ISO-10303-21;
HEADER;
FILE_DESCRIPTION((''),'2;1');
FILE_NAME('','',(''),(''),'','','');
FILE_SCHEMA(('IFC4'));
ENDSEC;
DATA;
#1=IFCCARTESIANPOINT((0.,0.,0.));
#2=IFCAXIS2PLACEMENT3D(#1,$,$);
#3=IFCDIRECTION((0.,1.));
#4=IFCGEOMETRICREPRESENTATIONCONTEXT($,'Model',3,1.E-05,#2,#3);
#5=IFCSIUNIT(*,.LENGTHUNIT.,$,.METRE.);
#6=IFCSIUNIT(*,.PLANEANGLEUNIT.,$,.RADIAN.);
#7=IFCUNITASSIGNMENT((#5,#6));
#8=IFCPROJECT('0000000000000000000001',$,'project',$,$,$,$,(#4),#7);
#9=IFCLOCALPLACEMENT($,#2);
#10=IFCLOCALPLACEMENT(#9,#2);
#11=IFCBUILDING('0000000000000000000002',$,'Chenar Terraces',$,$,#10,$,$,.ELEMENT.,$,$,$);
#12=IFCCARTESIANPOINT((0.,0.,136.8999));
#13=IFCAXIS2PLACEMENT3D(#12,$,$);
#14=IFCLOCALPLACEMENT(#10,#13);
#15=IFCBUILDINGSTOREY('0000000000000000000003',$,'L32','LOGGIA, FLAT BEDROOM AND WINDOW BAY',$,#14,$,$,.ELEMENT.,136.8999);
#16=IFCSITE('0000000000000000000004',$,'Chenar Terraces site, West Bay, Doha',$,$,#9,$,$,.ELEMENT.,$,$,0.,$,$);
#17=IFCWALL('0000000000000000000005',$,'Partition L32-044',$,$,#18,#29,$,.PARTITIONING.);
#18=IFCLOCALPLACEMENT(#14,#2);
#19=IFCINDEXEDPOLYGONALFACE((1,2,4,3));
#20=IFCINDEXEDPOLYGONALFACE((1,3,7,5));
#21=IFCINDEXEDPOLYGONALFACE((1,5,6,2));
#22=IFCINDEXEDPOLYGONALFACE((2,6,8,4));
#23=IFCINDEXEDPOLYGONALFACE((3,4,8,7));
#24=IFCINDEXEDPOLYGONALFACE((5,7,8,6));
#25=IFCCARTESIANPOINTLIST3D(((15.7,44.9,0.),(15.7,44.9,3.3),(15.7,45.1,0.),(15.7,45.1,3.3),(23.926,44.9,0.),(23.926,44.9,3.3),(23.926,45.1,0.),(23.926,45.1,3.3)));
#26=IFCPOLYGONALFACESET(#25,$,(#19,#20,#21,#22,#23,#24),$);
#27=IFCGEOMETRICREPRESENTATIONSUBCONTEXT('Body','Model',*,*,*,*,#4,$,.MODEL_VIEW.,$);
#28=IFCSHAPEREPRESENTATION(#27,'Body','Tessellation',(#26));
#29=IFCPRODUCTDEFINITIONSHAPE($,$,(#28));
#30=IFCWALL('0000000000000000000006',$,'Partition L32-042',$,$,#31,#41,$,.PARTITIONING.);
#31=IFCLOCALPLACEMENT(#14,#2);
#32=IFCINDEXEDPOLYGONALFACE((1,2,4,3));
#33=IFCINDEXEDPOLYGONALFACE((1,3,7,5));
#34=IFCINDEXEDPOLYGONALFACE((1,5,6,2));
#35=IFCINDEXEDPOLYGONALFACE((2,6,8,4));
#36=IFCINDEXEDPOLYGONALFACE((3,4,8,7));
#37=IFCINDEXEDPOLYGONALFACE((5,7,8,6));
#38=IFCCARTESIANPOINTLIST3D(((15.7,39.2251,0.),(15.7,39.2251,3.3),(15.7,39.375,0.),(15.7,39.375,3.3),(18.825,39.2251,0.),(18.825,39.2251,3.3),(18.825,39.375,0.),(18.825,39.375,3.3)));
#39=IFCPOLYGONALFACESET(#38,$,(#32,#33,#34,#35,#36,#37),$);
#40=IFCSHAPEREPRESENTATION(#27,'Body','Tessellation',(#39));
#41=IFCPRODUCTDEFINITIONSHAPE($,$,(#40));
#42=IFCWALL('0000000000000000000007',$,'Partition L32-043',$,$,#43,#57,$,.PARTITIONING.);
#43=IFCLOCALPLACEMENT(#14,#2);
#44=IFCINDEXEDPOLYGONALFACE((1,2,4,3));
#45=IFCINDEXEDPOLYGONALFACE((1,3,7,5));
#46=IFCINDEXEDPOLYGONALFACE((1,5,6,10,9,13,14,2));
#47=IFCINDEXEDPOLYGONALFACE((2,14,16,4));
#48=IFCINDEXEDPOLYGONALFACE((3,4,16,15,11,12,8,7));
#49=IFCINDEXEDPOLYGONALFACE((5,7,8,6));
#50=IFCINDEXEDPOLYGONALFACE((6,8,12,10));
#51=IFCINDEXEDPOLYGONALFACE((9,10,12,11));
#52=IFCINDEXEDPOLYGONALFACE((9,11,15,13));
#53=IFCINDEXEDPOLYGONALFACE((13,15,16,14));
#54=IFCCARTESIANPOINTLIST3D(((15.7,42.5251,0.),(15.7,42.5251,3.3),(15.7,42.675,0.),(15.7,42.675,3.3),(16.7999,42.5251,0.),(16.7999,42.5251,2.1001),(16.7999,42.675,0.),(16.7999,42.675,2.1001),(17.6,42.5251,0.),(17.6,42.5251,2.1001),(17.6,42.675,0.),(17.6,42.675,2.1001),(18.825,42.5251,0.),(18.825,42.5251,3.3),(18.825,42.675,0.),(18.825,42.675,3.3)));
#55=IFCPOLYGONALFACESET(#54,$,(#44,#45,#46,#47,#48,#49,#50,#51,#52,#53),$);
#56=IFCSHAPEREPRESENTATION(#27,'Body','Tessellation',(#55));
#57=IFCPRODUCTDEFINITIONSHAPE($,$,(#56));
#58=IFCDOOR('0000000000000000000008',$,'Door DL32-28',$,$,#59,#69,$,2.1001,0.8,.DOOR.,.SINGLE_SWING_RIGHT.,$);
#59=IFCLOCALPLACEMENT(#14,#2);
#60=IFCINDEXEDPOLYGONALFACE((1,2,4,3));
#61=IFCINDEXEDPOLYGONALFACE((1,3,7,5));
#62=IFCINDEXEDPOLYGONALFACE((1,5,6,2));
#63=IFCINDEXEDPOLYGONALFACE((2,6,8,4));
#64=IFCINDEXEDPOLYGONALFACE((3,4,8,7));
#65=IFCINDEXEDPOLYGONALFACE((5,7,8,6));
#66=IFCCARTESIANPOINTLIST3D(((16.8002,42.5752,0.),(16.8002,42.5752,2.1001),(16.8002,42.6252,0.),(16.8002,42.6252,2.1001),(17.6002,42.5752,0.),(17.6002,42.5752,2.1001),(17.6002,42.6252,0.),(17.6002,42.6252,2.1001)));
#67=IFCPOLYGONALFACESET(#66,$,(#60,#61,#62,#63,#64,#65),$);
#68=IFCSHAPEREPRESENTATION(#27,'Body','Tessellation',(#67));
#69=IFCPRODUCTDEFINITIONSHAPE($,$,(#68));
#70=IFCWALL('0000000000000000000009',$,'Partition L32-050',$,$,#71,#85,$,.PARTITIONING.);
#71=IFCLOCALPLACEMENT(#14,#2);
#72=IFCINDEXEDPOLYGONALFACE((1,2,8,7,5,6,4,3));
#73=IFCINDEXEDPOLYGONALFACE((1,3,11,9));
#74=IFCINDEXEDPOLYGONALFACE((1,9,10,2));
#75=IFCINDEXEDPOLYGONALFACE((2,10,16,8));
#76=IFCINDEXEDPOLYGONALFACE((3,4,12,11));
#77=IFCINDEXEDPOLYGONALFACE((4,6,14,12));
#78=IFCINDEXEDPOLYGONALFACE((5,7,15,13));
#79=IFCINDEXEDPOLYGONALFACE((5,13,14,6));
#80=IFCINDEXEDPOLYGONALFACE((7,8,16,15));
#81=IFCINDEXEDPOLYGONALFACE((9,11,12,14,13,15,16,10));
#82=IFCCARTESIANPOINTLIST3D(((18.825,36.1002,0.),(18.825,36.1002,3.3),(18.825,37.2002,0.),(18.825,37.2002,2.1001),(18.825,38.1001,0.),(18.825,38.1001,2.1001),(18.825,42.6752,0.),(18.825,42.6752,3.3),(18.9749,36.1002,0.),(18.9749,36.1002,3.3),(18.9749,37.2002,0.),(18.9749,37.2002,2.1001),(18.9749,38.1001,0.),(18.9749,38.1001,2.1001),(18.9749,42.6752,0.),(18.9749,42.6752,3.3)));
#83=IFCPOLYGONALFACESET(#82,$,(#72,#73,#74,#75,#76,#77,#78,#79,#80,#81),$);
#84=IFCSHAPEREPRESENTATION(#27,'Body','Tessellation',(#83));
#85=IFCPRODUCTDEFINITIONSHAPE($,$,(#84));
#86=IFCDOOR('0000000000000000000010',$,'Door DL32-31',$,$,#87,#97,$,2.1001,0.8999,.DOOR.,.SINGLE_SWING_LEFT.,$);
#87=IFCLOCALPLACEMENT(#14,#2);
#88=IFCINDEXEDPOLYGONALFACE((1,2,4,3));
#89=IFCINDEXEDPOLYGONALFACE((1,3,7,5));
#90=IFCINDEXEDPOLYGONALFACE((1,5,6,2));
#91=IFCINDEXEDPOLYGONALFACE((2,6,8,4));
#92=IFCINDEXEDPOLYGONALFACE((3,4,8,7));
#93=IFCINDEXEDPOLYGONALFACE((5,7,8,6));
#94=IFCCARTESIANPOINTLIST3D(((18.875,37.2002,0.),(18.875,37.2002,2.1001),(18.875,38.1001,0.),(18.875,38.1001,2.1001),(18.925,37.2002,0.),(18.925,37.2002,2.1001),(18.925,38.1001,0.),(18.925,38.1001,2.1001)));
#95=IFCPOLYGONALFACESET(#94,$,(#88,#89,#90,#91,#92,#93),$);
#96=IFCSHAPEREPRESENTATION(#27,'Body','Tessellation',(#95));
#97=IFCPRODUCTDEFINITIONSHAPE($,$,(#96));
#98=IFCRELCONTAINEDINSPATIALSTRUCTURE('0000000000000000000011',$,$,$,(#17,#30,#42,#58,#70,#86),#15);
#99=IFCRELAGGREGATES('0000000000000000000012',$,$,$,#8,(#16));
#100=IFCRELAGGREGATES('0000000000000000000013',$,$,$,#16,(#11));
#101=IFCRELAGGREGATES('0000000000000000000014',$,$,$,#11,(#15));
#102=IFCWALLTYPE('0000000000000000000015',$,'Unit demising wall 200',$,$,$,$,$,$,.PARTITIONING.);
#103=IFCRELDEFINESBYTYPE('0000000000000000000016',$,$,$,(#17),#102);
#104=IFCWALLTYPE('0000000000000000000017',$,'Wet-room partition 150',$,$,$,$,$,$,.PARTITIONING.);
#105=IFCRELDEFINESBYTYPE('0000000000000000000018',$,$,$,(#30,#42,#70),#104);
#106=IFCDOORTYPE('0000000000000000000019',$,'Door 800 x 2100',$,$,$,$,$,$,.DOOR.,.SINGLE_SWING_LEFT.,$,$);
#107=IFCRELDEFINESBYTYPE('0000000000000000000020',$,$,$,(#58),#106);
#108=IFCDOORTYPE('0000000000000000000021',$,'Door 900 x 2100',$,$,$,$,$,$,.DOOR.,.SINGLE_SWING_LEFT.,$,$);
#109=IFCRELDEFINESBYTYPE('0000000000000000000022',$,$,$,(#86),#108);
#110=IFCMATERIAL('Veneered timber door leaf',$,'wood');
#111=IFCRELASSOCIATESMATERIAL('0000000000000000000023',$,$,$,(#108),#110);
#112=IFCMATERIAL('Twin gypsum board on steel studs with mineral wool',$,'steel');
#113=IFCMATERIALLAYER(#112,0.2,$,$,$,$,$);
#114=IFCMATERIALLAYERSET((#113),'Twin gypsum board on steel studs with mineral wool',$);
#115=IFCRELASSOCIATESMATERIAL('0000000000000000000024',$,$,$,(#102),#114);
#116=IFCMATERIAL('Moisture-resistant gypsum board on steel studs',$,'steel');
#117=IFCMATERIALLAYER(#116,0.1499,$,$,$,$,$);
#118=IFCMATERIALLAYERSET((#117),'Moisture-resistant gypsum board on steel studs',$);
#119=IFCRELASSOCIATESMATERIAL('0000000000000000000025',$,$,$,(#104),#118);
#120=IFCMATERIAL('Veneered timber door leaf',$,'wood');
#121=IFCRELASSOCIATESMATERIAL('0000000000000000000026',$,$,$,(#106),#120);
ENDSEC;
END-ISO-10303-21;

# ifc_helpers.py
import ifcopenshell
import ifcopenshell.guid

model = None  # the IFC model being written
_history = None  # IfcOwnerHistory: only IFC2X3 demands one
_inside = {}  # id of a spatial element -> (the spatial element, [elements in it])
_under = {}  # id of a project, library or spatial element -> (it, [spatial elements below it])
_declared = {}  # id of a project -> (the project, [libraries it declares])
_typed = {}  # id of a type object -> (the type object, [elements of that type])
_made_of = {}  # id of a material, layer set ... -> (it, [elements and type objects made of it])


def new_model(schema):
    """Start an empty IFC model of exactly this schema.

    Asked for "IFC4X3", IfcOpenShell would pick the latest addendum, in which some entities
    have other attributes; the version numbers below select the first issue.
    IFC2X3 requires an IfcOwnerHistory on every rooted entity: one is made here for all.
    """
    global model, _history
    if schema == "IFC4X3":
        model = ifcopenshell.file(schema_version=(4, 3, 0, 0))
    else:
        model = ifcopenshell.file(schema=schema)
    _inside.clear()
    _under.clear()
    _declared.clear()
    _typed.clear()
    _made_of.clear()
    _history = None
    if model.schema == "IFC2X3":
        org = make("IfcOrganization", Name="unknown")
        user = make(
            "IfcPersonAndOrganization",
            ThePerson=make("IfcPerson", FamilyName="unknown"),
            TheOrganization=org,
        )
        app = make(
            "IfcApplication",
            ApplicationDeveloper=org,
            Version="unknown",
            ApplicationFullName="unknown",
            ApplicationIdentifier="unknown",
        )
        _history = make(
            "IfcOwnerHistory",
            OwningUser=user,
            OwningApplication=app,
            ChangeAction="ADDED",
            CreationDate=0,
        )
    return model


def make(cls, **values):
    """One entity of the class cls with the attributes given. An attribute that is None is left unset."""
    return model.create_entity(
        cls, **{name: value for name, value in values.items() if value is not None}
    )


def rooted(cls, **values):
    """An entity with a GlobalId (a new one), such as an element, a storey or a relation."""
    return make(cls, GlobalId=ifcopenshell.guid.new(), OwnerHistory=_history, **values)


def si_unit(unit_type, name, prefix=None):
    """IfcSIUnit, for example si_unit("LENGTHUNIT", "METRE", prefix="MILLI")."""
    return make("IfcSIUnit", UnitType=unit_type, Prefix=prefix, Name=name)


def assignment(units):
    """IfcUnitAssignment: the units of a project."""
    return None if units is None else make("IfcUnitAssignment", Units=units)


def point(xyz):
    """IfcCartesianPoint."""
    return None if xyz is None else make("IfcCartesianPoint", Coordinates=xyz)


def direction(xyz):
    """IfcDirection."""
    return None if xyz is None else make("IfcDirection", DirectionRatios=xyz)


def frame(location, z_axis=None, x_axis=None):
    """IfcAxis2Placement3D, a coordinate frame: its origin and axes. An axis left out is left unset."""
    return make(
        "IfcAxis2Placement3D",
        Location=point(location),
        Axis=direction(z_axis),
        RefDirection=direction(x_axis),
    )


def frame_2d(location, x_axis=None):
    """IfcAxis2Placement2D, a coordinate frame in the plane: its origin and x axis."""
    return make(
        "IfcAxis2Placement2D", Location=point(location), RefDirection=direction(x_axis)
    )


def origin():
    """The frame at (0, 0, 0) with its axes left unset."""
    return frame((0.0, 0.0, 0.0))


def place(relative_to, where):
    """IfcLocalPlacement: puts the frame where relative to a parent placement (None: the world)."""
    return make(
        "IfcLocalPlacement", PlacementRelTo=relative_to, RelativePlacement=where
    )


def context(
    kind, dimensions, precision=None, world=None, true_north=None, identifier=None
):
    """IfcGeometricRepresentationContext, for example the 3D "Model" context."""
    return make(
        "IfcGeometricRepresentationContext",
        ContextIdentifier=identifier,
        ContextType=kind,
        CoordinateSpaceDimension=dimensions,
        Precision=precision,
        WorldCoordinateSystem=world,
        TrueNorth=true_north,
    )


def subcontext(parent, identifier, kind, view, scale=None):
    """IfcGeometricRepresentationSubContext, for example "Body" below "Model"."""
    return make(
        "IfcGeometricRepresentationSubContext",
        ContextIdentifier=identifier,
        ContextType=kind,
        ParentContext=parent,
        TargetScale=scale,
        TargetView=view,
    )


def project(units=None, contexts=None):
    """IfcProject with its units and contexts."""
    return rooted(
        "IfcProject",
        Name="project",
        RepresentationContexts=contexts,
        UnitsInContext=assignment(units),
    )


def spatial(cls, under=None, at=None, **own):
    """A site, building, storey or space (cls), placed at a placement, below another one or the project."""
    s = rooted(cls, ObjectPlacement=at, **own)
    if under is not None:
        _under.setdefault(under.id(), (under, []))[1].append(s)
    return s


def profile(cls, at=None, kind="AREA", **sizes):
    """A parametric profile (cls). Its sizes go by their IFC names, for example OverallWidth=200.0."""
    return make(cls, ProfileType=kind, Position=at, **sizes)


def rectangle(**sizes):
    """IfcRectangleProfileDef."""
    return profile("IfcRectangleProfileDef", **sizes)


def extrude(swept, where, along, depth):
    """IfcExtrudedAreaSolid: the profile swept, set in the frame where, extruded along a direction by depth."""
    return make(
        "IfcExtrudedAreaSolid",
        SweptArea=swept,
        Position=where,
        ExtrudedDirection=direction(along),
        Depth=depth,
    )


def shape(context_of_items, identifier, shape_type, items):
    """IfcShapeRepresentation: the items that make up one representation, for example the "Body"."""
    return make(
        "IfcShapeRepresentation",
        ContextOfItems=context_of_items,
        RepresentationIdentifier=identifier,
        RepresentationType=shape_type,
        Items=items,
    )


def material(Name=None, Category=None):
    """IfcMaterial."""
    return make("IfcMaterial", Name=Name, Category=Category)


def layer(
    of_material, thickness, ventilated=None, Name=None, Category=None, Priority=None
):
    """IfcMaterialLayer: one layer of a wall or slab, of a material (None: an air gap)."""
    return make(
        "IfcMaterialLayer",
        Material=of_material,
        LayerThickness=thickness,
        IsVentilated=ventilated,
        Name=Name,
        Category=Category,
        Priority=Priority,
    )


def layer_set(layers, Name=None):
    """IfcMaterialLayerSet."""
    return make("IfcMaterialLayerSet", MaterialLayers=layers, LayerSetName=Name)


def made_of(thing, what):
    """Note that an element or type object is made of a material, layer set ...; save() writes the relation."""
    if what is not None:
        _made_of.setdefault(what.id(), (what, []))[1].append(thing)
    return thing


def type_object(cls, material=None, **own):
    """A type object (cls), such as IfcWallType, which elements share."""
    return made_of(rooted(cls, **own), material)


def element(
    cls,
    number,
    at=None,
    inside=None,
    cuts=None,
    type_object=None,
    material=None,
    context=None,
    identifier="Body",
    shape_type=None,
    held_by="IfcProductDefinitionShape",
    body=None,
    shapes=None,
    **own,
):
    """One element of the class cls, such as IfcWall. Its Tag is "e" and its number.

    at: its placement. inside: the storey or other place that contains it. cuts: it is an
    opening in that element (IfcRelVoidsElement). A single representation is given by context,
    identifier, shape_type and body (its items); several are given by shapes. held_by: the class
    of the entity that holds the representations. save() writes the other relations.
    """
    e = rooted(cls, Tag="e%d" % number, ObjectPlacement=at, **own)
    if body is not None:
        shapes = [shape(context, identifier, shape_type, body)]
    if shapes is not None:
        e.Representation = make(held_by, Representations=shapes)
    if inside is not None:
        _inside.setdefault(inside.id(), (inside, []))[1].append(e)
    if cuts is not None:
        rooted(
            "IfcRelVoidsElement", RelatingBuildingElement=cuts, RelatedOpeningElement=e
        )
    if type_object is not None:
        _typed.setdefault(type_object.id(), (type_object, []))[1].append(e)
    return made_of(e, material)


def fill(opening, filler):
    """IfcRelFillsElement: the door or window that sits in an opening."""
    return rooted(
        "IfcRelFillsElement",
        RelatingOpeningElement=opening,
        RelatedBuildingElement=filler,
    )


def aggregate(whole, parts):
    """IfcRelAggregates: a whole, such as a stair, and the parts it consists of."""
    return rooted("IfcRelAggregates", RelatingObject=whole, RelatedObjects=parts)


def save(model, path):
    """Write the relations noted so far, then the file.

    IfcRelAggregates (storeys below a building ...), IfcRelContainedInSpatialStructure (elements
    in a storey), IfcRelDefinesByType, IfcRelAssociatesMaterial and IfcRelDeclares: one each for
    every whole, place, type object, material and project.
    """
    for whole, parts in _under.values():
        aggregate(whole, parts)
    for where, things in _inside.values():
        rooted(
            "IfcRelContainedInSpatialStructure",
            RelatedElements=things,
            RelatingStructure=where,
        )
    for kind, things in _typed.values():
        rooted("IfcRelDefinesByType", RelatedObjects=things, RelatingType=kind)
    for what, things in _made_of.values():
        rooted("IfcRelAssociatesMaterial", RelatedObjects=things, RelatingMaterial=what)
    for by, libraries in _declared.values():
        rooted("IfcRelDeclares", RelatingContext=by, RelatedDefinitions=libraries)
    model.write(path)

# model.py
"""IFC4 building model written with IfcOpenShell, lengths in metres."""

from ifc_helpers import new_model, si_unit, direction, frame, frame_2d, origin, place, context, subcontext, project, spatial, rectangle, extrude, material, layer, layer_set, type_object, element, fill, save


model = new_model("IFC4")

# Units and contexts
model_context = context("Model", 3, precision=1e-05, world=origin(), true_north=direction((0.0, 1.0)))
body_context = subcontext(model_context, "Body", "Model", "MODEL_VIEW")
ifc_project = project(units=[si_unit("LENGTHUNIT", "METRE"), si_unit("PLANEANGLEUNIT", "RADIAN")], contexts=[model_context])

# Site, building, storey
site_placement = place(None, origin())
site = spatial("IfcSite", under=ifc_project, at=site_placement, Name="Chenar Terraces site, West Bay, Doha", CompositionType="ELEMENT", RefElevation=0.0)
building_placement = place(site_placement, origin())
building = spatial("IfcBuilding", under=site, at=building_placement, Name="Chenar Terraces", CompositionType="ELEMENT")
storey_placement = place(building_placement, frame((0.0, 0.0, 136.8999)))
storey = spatial("IfcBuildingStorey", under=building, at=storey_placement, Name="L32", Description="LOGGIA, FLAT BEDROOM AND WINDOW BAY", CompositionType="ELEMENT", Elevation=136.8999)

# Shared definitions
ifc_material_1 = material(Name="Veneered timber door leaf", Category="wood")
door_type_1 = type_object("IfcDoorType", Name="Door 900 x 2100", OperationType="SINGLE_SWING_LEFT", PredefinedType="DOOR", material=ifc_material_1)

# Walls
ifc_material_2 = material(Name="Twin gypsum board on steel studs with mineral wool", Category="steel")
ifc_layer_1 = layer(ifc_material_2, 0.2)
ifc_layer_set_1 = layer_set([ifc_layer_1], Name="Twin gypsum board on steel studs with mineral wool")
wall_type_1 = type_object("IfcWallType", Name="Unit demising wall 200", PredefinedType="PARTITIONING", material=ifc_layer_set_1)
wall_1_placement = place(storey_placement, frame((15.7, 45.0, 0.0), z_axis=(0.0, 0.0, 1.0), x_axis=(1.0, 0.0, 0.0)))
element("IfcWall", 1, at=wall_1_placement, inside=storey, type_object=wall_type_1, Name="Partition L32-044", PredefinedType="PARTITIONING", context=body_context, shape_type="SweptSolid", body=[
    extrude(rectangle(XDim=8.2261, YDim=0.2, at=frame_2d((4.113, 0.0))), origin(), (0.0, 0.0, 1.0), 3.3),
])
ifc_material_3 = material(Name="Moisture-resistant gypsum board on steel studs", Category="steel")
ifc_layer_2 = layer(ifc_material_3, 0.1499)
ifc_layer_set_2 = layer_set([ifc_layer_2], Name="Moisture-resistant gypsum board on steel studs")
wall_type_2 = type_object("IfcWallType", Name="Wet-room partition 150", PredefinedType="PARTITIONING", material=ifc_layer_set_2)
wall_2_placement = place(storey_placement, frame((15.7, 39.3, 0.0), z_axis=(0.0, 0.0, 1.0), x_axis=(1.0, 0.0, 0.0)))
element("IfcWall", 2, at=wall_2_placement, inside=storey, type_object=wall_type_2, Name="Partition L32-042", PredefinedType="PARTITIONING", context=body_context, shape_type="SweptSolid", body=[
    extrude(rectangle(XDim=3.125, YDim=0.1499, at=frame_2d((1.5625, 0.0))), origin(), (0.0, 0.0, 1.0), 3.3),
])

# Walls, openings, doors
wall_3_placement = place(storey_placement, frame((15.7, 42.6001, 0.0), z_axis=(0.0, 0.0, 1.0), x_axis=(1.0, 0.0, 0.0)))
wall_3 = element("IfcWall", 3, at=wall_3_placement, inside=storey, type_object=wall_type_2, Name="Partition L32-043", PredefinedType="PARTITIONING", context=body_context, shape_type="SweptSolid", body=[
    extrude(rectangle(XDim=3.125, YDim=0.1499, at=frame_2d((1.5625, 0.0))), origin(), (0.0, 0.0, 1.0), 3.3),
])
opening_1_placement = place(wall_3_placement, frame((1.1001, 0.0, 0.0)))
opening_1 = element("IfcOpeningElement", 4, at=opening_1_placement, cuts=wall_3, PredefinedType="OPENING", context=body_context, shape_type="SweptSolid", body=[
    extrude(rectangle(XDim=0.8, YDim=2.1001, at=frame_2d((0.3999, 1.05))), frame((0.0, 0.085, 0.0), z_axis=(0.0, -1.0, 0.0), x_axis=(1.0, 0.0, 0.0)), (0.0, 0.0, 1.0), 0.1699),
])
ifc_material_4 = material(Name="Veneered timber door leaf", Category="wood")
door_type_2 = type_object("IfcDoorType", Name="Door 800 x 2100", OperationType="SINGLE_SWING_LEFT", PredefinedType="DOOR", material=ifc_material_4)
door_1_placement = place(opening_1_placement, frame((0.8, 0.0, 0.0), z_axis=(0.0, 0.0, 1.0), x_axis=(-1.0, 0.0, 0.0)))
door_1 = element("IfcDoor", 5, at=door_1_placement, inside=storey, type_object=door_type_2, Name="Door DL32-28", OperationType="SINGLE_SWING_RIGHT", OverallHeight=2.1001, OverallWidth=0.8, PredefinedType="DOOR", context=body_context, shape_type="SweptSolid", body=[
    extrude(rectangle(XDim=0.8, YDim=2.1001, at=frame_2d((0.3999, 1.05))), frame((0.0, 0.0249, 0.0), z_axis=(0.0, -1.0, 0.0), x_axis=(1.0, 0.0, 0.0)), (0.0, 0.0, 1.0), 0.05),
])
fill(opening_1, door_1)
wall_4_placement = place(storey_placement, frame((18.8999, 36.1001, 0.0), z_axis=(0.0, 0.0, 1.0), x_axis=(0.0, 1.0, 0.0)))
wall_4 = element("IfcWall", 6, at=wall_4_placement, inside=storey, type_object=wall_type_2, Name="Partition L32-050", PredefinedType="PARTITIONING", context=body_context, shape_type="SweptSolid", body=[
    extrude(rectangle(XDim=6.575, YDim=0.1499, at=frame_2d((3.2876, 0.0))), origin(), (0.0, 0.0, 1.0), 3.3),
])
opening_2_placement = place(wall_4_placement, frame((1.1001, 0.0, 0.0)))
opening_2 = element("IfcOpeningElement", 7, at=opening_2_placement, cuts=wall_4, PredefinedType="OPENING", context=body_context, shape_type="SweptSolid", body=[
    extrude(rectangle(XDim=0.8999, YDim=2.1001, at=frame_2d((0.45, 1.05))), frame((0.0, 0.085, 0.0), z_axis=(0.0, -1.0, 0.0), x_axis=(1.0, 0.0, 0.0)), (0.0, 0.0, 1.0), 0.1699),
])
door_2_placement = place(opening_2_placement, origin())
door_2 = element("IfcDoor", 8, at=door_2_placement, inside=storey, type_object=door_type_1, Name="Door DL32-31", OperationType="SINGLE_SWING_LEFT", OverallHeight=2.1001, OverallWidth=0.8999, PredefinedType="DOOR", context=body_context, shape_type="SweptSolid", body=[
    extrude(rectangle(XDim=0.8999, YDim=2.1001, at=frame_2d((0.45, 1.05))), frame((0.0, 0.0249, 0.0), z_axis=(0.0, -1.0, 0.0), x_axis=(1.0, 0.0, 0.0)), (0.0, 0.0, 1.0), 0.05),
])
fill(opening_2, door_2)

save(model, "model.ifc")
